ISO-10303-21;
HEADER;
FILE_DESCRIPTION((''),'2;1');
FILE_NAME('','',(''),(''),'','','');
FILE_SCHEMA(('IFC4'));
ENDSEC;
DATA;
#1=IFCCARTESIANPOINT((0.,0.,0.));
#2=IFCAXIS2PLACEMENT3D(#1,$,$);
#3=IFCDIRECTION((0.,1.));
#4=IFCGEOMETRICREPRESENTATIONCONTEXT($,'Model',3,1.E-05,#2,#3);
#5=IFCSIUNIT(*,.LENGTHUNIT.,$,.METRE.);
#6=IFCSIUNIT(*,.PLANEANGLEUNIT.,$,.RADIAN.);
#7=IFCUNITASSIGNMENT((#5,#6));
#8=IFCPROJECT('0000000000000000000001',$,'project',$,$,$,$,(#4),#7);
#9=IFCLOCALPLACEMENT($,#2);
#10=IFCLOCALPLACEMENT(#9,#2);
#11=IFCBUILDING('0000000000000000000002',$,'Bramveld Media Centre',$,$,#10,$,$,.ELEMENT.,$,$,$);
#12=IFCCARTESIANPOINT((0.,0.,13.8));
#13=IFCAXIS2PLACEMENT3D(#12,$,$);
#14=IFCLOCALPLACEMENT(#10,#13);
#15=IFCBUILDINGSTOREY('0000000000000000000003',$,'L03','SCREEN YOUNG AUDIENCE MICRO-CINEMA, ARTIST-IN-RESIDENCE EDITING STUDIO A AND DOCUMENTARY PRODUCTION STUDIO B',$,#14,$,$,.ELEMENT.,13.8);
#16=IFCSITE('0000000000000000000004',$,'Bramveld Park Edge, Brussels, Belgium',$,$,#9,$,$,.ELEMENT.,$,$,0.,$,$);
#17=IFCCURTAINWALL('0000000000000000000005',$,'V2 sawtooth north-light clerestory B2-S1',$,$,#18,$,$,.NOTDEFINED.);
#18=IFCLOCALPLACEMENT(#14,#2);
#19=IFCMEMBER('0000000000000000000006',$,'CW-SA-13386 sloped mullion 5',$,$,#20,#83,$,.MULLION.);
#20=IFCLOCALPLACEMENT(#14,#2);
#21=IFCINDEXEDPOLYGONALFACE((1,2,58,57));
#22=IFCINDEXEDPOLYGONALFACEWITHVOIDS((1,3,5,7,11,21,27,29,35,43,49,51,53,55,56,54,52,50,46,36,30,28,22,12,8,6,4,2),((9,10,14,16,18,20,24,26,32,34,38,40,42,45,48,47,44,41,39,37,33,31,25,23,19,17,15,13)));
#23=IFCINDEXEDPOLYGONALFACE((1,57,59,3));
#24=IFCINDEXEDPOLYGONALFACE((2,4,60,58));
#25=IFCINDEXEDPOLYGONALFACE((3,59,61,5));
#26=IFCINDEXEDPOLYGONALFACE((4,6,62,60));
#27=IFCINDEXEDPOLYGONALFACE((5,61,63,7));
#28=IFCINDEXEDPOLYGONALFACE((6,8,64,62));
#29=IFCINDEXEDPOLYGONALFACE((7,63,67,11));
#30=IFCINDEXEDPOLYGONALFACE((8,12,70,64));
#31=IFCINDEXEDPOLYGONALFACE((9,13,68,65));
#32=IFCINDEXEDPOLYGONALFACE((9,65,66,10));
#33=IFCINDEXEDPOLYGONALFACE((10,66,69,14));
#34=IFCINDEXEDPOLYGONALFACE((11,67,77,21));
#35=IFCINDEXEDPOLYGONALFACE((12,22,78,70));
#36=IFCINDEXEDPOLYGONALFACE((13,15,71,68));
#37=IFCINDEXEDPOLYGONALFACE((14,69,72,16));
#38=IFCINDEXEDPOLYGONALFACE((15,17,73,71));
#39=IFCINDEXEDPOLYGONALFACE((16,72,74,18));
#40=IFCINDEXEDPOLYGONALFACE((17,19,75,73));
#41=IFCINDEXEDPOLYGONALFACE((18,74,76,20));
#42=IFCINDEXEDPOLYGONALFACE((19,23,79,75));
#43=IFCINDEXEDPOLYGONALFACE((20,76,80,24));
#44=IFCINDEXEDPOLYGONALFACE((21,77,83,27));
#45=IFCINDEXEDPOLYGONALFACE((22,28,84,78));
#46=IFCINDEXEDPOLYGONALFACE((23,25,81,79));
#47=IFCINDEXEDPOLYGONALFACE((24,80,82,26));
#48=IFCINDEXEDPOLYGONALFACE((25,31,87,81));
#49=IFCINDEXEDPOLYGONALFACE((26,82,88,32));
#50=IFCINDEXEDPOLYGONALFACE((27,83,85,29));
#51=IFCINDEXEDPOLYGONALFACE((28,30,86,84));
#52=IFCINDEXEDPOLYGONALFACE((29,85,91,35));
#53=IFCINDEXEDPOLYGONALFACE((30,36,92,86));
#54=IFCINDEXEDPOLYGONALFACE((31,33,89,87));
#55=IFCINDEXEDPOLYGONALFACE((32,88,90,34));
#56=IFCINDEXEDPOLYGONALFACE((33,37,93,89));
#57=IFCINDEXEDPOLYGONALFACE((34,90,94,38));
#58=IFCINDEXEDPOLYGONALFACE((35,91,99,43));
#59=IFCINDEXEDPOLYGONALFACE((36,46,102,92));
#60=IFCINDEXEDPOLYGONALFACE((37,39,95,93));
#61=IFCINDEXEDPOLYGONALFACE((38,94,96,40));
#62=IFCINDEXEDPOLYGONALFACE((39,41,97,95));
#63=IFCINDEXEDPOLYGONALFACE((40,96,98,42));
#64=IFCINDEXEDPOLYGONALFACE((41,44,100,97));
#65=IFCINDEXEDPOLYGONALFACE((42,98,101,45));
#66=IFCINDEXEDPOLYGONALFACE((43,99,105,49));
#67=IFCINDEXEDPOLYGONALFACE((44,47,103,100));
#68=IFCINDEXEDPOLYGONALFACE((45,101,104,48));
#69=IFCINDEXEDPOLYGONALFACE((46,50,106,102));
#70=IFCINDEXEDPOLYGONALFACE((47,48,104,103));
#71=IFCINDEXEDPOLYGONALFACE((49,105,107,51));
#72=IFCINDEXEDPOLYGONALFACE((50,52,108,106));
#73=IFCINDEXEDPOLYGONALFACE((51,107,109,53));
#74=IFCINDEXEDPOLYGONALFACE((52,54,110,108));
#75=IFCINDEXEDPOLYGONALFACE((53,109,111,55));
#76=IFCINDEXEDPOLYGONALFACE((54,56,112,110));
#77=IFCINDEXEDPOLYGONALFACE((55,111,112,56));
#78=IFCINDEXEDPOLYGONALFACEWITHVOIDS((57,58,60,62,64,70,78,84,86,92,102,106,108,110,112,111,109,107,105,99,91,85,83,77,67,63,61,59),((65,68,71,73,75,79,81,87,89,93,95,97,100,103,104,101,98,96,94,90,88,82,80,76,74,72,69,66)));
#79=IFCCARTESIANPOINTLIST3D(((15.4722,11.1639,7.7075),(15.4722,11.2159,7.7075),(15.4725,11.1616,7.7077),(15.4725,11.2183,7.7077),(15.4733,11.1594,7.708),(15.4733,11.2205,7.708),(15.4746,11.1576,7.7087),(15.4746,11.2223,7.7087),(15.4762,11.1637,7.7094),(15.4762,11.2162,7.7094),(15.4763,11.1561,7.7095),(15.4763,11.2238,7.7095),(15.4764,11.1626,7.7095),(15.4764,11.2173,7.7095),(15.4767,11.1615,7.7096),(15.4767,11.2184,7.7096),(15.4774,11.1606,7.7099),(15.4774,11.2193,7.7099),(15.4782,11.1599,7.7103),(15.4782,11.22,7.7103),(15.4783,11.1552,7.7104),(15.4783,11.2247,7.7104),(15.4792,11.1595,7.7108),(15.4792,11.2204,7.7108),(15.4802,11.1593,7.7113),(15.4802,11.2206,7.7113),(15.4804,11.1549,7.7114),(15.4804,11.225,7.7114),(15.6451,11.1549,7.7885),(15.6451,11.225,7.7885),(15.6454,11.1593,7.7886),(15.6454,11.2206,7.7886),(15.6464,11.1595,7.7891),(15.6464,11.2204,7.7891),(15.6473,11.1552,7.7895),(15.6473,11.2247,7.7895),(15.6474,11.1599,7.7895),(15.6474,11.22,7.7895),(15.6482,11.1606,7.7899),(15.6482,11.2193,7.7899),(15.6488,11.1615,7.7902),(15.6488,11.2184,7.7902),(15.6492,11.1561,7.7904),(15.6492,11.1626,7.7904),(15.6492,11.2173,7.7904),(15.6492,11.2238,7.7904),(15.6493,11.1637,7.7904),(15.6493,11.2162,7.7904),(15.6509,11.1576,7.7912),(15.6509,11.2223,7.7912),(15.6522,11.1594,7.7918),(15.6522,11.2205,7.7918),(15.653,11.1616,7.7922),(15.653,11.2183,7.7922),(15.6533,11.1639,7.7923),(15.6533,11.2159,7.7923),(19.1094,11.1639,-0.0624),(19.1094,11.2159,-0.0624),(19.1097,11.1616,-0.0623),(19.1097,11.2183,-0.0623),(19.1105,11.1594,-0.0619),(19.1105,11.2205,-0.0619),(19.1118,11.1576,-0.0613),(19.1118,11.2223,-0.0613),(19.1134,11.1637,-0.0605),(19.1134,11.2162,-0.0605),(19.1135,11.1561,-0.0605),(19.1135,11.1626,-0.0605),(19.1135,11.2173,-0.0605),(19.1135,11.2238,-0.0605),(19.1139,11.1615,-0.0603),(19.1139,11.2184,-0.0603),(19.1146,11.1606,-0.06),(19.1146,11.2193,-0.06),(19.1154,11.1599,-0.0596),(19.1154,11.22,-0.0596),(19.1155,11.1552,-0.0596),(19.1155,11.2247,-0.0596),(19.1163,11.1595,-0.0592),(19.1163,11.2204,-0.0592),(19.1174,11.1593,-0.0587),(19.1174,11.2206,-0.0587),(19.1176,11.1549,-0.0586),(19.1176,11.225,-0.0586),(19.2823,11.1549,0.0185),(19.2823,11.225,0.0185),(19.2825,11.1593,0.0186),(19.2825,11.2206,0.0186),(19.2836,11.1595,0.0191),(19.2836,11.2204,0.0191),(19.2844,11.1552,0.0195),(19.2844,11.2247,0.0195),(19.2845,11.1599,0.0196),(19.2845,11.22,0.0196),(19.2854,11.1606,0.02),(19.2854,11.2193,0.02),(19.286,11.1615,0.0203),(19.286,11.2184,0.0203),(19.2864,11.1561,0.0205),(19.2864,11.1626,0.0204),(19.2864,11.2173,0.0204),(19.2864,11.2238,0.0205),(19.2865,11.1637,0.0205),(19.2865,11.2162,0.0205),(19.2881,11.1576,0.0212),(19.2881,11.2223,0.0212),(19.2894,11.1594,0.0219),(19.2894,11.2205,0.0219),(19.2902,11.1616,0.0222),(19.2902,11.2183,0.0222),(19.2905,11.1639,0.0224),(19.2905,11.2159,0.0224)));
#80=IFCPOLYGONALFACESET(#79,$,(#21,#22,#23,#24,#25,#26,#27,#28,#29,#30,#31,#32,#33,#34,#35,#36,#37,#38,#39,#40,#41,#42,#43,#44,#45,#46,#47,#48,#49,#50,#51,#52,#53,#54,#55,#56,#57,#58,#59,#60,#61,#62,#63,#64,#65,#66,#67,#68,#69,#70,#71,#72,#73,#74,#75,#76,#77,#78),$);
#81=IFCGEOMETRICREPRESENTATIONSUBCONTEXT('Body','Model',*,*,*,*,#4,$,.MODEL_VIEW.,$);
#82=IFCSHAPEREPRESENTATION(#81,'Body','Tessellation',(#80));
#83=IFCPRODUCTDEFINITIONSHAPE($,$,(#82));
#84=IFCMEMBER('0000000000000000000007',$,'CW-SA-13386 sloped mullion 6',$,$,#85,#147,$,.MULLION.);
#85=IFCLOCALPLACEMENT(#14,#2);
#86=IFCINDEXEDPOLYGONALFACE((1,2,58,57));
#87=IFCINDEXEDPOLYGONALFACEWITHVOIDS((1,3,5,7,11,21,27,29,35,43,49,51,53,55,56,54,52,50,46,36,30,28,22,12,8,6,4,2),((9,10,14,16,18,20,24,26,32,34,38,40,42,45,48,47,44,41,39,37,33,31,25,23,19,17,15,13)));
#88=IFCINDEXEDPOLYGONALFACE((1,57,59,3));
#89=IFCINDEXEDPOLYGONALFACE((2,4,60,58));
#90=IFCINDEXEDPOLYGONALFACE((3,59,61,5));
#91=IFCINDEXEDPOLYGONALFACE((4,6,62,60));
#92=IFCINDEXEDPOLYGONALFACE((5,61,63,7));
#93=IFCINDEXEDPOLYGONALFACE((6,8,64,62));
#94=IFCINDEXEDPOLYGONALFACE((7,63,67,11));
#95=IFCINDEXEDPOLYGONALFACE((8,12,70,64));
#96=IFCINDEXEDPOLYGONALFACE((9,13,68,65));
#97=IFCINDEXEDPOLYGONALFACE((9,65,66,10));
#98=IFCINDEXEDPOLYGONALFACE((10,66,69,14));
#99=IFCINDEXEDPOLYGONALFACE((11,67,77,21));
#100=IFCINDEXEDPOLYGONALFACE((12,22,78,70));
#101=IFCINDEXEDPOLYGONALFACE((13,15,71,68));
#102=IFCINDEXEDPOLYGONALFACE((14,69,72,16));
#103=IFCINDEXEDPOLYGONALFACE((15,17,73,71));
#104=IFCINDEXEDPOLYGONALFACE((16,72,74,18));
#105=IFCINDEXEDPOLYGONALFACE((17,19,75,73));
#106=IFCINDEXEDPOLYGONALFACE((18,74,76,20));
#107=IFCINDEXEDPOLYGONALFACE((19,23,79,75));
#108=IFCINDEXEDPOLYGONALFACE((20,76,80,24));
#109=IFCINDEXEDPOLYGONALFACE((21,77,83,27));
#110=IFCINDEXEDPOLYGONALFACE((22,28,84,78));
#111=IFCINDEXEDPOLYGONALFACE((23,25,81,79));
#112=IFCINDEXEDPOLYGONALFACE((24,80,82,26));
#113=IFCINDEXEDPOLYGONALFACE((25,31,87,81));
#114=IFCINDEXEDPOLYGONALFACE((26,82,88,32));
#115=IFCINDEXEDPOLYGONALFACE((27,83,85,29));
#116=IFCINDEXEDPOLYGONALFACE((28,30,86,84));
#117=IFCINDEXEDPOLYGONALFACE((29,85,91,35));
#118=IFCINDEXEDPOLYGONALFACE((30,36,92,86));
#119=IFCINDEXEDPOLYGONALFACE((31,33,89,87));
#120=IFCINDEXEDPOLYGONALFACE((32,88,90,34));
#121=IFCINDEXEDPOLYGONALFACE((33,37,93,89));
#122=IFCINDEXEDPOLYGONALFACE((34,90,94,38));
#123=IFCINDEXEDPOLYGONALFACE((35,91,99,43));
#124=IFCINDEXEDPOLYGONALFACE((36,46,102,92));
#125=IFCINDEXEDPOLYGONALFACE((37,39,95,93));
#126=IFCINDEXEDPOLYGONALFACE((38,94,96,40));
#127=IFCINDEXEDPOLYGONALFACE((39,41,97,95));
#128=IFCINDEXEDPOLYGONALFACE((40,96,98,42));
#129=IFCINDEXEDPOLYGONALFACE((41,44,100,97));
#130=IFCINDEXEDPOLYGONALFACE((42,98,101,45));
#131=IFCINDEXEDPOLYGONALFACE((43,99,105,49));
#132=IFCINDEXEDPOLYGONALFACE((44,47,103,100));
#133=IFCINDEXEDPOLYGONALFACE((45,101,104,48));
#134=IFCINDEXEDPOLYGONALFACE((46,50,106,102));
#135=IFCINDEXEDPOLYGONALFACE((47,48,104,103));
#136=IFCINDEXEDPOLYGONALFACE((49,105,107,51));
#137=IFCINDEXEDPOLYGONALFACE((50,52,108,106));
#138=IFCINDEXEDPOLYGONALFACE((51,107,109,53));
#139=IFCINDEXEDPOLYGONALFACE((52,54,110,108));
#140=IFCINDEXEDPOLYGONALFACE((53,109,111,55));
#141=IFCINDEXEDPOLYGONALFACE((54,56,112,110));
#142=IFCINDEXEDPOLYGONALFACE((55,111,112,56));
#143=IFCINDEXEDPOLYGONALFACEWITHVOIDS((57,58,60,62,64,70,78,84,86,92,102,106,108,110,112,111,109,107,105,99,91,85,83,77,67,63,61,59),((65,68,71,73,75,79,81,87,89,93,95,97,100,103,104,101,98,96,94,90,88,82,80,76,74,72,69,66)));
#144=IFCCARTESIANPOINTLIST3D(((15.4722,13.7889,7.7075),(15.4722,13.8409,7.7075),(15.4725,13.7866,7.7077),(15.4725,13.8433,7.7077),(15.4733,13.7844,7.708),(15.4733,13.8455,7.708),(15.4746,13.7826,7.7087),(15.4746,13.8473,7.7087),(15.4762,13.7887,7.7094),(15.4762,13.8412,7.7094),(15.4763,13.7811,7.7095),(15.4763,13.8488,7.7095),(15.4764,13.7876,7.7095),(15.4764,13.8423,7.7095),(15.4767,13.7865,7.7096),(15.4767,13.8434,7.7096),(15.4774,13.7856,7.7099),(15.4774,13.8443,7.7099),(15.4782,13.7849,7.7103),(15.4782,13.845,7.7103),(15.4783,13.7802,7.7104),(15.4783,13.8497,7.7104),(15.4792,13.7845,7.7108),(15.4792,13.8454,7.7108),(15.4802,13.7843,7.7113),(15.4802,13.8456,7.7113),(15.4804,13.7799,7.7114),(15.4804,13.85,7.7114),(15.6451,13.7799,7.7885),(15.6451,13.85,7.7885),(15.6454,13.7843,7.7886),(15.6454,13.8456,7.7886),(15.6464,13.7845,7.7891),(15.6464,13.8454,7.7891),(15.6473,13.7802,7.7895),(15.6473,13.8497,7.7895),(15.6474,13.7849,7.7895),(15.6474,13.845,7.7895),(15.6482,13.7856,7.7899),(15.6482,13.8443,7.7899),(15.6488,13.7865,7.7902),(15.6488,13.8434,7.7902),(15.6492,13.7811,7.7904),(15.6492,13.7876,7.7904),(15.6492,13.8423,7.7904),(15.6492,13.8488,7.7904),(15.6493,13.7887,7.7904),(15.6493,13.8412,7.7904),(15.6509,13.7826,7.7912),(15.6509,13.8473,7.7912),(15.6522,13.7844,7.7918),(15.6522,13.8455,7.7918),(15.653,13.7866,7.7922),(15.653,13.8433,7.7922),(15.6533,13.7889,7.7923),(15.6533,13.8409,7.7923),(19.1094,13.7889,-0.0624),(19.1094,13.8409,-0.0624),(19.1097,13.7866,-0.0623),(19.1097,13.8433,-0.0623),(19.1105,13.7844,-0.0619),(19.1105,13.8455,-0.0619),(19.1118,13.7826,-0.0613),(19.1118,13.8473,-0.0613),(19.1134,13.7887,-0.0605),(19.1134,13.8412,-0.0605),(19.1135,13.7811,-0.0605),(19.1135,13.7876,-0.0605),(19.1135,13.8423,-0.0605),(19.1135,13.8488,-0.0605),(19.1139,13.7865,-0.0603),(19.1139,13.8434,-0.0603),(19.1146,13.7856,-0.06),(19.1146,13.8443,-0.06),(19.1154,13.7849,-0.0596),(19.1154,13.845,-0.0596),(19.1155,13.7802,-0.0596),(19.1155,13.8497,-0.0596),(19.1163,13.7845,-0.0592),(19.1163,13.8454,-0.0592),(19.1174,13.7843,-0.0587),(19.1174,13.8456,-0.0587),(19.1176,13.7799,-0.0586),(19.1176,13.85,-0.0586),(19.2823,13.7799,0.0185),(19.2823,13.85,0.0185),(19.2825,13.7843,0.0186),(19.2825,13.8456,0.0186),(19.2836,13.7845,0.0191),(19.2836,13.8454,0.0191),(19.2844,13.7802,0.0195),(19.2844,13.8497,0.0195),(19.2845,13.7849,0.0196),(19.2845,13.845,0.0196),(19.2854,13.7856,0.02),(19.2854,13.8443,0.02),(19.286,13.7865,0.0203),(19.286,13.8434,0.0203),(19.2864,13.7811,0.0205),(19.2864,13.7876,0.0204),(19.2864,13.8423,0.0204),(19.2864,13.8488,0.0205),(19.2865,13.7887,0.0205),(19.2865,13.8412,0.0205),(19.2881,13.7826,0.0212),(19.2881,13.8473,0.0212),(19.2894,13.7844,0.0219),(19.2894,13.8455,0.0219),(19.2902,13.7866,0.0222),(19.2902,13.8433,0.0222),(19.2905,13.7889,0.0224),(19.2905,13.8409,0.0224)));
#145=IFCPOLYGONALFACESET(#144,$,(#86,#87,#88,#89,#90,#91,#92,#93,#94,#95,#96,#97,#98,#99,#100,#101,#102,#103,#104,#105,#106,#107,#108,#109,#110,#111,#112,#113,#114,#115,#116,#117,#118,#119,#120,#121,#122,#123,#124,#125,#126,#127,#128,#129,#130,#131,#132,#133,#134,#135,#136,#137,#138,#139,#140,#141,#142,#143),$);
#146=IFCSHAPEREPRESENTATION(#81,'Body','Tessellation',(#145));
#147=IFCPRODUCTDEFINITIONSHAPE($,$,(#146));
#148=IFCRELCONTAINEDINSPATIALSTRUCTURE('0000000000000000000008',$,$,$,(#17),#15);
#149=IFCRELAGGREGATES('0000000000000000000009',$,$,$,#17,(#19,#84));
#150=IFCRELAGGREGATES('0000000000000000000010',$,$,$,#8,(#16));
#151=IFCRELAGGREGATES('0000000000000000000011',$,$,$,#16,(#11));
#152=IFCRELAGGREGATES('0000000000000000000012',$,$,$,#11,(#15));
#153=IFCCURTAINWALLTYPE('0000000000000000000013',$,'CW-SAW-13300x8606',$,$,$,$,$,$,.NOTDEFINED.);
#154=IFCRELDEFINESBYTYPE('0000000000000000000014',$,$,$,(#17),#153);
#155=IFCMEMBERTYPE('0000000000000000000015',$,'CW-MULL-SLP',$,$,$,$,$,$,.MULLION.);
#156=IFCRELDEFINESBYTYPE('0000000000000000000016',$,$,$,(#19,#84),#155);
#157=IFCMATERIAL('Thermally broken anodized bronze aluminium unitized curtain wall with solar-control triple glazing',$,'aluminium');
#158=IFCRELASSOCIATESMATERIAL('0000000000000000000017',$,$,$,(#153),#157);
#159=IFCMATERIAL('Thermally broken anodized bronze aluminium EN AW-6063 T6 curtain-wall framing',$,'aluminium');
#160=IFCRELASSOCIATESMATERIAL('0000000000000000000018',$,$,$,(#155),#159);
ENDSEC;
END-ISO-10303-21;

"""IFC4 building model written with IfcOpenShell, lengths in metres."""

from ifc_helpers import new_model, si_unit, direction, frame, origin, origin_2d, place, context, subcontext, project, spatial, hollow_rectangle, extrude, material, material_profile, profile_set, type_object, element, aggregate, save


model = new_model("IFC4")

# Units and contexts
model_context = context("Model", 3, precision=1e-05, world=origin(), true_north=direction((0.0, 1.0)))
body_context = subcontext(model_context, "Body", "Model", "MODEL_VIEW")
ifc_project = project(units=[si_unit("LENGTHUNIT", "METRE"), si_unit("PLANEANGLEUNIT", "RADIAN")], contexts=[model_context])

# Site, building, storey
site_placement = place(None, origin())
site = spatial("IfcSite", under=ifc_project, at=site_placement, Name="Bramveld Park Edge, Brussels, Belgium", CompositionType="ELEMENT", RefElevation=0.0)
building_placement = place(site_placement, origin())
building = spatial("IfcBuilding", under=site, at=building_placement, Name="Bramveld Media Centre", CompositionType="ELEMENT")
storey_placement = place(building_placement, frame((0.0, 0.0, 13.8)))
storey = spatial("IfcBuildingStorey", under=building, at=storey_placement, Name="L03", Description="SCREEN YOUNG AUDIENCE MICRO-CINEMA, ARTIST-IN-RESIDENCE EDITING STUDIO A AND DOCUMENTARY PRODUCTION STUDIO B", CompositionType="ELEMENT", Elevation=13.8)

# Curtain wall, members
ifc_material_1 = material(Name="Thermally broken anodized bronze aluminium unitized curtain wall with solar-control triple glazing", Category="aluminium")
curtain_wall_type = type_object("IfcCurtainWallType", Name="CW-SAW-13300x8606", PredefinedType="NOTDEFINED", material=ifc_material_1)
curtain_wall_1_placement = place(storey_placement, origin())
curtain_wall_1 = element("IfcCurtainWall", 1, at=curtain_wall_1_placement, inside=storey, type_object=curtain_wall_type, Name="V2 sawtooth north-light clerestory B2-S1", PredefinedType="NOTDEFINED")
ifc_material_2 = material(Name="Thermally broken anodized bronze aluminium EN AW-6063 T6 curtain-wall framing", Category="aluminium")
ifc_material_profile_1 = material_profile(ifc_material_2, hollow_rectangle(XDim=0.0701, YDim=0.2, WallThickness=0.0044, InnerFilletRadius=0.0044, OuterFilletRadius=0.009, at=origin_2d()), Name="AL-MULL 70x200")
ifc_profile_set_1 = profile_set([ifc_material_profile_1], Name="Thermally broken anodized bronze aluminium EN AW-6063 T6 curtain-wall framing")
member_type_1 = type_object("IfcMemberType", Name="CW-MULL-SLP", PredefinedType="MULLION", material=ifc_profile_set_1)
member_1_placement = place(storey_placement, frame((19.2, 11.1899, -0.02), z_axis=(-0.423957, 0.0, 0.905682), x_axis=(0.0, -1.0, 0.0)))
member_1 = element("IfcMember", 2, at=member_1_placement, type_object=member_type_1, Name="CW-SA-13386 sloped mullion 5", PredefinedType="MULLION", context=body_context, shape_type="SweptSolid", body=[
    extrude(hollow_rectangle(XDim=0.0701, YDim=0.2, WallThickness=0.0044, InnerFilletRadius=0.0044, OuterFilletRadius=0.009, at=origin_2d()), origin(), (0.0, 0.0, 1.0), 8.5791),
])
member_2_placement = place(storey_placement, frame((19.2, 13.8149, -0.02), z_axis=(-0.423957, 0.0, 0.905682), x_axis=(0.0, -1.0, 0.0)))
member_2 = element("IfcMember", 3, at=member_2_placement, type_object=member_type_1, Name="CW-SA-13386 sloped mullion 6", PredefinedType="MULLION", context=body_context, shape_type="SweptSolid", body=[
    extrude(hollow_rectangle(XDim=0.0701, YDim=0.2, WallThickness=0.0044, InnerFilletRadius=0.0044, OuterFilletRadius=0.009, at=origin_2d()), origin(), (0.0, 0.0, 1.0), 8.5791),
])

aggregate(curtain_wall_1, [member_1, member_2])

save(model, "model.ifc")
